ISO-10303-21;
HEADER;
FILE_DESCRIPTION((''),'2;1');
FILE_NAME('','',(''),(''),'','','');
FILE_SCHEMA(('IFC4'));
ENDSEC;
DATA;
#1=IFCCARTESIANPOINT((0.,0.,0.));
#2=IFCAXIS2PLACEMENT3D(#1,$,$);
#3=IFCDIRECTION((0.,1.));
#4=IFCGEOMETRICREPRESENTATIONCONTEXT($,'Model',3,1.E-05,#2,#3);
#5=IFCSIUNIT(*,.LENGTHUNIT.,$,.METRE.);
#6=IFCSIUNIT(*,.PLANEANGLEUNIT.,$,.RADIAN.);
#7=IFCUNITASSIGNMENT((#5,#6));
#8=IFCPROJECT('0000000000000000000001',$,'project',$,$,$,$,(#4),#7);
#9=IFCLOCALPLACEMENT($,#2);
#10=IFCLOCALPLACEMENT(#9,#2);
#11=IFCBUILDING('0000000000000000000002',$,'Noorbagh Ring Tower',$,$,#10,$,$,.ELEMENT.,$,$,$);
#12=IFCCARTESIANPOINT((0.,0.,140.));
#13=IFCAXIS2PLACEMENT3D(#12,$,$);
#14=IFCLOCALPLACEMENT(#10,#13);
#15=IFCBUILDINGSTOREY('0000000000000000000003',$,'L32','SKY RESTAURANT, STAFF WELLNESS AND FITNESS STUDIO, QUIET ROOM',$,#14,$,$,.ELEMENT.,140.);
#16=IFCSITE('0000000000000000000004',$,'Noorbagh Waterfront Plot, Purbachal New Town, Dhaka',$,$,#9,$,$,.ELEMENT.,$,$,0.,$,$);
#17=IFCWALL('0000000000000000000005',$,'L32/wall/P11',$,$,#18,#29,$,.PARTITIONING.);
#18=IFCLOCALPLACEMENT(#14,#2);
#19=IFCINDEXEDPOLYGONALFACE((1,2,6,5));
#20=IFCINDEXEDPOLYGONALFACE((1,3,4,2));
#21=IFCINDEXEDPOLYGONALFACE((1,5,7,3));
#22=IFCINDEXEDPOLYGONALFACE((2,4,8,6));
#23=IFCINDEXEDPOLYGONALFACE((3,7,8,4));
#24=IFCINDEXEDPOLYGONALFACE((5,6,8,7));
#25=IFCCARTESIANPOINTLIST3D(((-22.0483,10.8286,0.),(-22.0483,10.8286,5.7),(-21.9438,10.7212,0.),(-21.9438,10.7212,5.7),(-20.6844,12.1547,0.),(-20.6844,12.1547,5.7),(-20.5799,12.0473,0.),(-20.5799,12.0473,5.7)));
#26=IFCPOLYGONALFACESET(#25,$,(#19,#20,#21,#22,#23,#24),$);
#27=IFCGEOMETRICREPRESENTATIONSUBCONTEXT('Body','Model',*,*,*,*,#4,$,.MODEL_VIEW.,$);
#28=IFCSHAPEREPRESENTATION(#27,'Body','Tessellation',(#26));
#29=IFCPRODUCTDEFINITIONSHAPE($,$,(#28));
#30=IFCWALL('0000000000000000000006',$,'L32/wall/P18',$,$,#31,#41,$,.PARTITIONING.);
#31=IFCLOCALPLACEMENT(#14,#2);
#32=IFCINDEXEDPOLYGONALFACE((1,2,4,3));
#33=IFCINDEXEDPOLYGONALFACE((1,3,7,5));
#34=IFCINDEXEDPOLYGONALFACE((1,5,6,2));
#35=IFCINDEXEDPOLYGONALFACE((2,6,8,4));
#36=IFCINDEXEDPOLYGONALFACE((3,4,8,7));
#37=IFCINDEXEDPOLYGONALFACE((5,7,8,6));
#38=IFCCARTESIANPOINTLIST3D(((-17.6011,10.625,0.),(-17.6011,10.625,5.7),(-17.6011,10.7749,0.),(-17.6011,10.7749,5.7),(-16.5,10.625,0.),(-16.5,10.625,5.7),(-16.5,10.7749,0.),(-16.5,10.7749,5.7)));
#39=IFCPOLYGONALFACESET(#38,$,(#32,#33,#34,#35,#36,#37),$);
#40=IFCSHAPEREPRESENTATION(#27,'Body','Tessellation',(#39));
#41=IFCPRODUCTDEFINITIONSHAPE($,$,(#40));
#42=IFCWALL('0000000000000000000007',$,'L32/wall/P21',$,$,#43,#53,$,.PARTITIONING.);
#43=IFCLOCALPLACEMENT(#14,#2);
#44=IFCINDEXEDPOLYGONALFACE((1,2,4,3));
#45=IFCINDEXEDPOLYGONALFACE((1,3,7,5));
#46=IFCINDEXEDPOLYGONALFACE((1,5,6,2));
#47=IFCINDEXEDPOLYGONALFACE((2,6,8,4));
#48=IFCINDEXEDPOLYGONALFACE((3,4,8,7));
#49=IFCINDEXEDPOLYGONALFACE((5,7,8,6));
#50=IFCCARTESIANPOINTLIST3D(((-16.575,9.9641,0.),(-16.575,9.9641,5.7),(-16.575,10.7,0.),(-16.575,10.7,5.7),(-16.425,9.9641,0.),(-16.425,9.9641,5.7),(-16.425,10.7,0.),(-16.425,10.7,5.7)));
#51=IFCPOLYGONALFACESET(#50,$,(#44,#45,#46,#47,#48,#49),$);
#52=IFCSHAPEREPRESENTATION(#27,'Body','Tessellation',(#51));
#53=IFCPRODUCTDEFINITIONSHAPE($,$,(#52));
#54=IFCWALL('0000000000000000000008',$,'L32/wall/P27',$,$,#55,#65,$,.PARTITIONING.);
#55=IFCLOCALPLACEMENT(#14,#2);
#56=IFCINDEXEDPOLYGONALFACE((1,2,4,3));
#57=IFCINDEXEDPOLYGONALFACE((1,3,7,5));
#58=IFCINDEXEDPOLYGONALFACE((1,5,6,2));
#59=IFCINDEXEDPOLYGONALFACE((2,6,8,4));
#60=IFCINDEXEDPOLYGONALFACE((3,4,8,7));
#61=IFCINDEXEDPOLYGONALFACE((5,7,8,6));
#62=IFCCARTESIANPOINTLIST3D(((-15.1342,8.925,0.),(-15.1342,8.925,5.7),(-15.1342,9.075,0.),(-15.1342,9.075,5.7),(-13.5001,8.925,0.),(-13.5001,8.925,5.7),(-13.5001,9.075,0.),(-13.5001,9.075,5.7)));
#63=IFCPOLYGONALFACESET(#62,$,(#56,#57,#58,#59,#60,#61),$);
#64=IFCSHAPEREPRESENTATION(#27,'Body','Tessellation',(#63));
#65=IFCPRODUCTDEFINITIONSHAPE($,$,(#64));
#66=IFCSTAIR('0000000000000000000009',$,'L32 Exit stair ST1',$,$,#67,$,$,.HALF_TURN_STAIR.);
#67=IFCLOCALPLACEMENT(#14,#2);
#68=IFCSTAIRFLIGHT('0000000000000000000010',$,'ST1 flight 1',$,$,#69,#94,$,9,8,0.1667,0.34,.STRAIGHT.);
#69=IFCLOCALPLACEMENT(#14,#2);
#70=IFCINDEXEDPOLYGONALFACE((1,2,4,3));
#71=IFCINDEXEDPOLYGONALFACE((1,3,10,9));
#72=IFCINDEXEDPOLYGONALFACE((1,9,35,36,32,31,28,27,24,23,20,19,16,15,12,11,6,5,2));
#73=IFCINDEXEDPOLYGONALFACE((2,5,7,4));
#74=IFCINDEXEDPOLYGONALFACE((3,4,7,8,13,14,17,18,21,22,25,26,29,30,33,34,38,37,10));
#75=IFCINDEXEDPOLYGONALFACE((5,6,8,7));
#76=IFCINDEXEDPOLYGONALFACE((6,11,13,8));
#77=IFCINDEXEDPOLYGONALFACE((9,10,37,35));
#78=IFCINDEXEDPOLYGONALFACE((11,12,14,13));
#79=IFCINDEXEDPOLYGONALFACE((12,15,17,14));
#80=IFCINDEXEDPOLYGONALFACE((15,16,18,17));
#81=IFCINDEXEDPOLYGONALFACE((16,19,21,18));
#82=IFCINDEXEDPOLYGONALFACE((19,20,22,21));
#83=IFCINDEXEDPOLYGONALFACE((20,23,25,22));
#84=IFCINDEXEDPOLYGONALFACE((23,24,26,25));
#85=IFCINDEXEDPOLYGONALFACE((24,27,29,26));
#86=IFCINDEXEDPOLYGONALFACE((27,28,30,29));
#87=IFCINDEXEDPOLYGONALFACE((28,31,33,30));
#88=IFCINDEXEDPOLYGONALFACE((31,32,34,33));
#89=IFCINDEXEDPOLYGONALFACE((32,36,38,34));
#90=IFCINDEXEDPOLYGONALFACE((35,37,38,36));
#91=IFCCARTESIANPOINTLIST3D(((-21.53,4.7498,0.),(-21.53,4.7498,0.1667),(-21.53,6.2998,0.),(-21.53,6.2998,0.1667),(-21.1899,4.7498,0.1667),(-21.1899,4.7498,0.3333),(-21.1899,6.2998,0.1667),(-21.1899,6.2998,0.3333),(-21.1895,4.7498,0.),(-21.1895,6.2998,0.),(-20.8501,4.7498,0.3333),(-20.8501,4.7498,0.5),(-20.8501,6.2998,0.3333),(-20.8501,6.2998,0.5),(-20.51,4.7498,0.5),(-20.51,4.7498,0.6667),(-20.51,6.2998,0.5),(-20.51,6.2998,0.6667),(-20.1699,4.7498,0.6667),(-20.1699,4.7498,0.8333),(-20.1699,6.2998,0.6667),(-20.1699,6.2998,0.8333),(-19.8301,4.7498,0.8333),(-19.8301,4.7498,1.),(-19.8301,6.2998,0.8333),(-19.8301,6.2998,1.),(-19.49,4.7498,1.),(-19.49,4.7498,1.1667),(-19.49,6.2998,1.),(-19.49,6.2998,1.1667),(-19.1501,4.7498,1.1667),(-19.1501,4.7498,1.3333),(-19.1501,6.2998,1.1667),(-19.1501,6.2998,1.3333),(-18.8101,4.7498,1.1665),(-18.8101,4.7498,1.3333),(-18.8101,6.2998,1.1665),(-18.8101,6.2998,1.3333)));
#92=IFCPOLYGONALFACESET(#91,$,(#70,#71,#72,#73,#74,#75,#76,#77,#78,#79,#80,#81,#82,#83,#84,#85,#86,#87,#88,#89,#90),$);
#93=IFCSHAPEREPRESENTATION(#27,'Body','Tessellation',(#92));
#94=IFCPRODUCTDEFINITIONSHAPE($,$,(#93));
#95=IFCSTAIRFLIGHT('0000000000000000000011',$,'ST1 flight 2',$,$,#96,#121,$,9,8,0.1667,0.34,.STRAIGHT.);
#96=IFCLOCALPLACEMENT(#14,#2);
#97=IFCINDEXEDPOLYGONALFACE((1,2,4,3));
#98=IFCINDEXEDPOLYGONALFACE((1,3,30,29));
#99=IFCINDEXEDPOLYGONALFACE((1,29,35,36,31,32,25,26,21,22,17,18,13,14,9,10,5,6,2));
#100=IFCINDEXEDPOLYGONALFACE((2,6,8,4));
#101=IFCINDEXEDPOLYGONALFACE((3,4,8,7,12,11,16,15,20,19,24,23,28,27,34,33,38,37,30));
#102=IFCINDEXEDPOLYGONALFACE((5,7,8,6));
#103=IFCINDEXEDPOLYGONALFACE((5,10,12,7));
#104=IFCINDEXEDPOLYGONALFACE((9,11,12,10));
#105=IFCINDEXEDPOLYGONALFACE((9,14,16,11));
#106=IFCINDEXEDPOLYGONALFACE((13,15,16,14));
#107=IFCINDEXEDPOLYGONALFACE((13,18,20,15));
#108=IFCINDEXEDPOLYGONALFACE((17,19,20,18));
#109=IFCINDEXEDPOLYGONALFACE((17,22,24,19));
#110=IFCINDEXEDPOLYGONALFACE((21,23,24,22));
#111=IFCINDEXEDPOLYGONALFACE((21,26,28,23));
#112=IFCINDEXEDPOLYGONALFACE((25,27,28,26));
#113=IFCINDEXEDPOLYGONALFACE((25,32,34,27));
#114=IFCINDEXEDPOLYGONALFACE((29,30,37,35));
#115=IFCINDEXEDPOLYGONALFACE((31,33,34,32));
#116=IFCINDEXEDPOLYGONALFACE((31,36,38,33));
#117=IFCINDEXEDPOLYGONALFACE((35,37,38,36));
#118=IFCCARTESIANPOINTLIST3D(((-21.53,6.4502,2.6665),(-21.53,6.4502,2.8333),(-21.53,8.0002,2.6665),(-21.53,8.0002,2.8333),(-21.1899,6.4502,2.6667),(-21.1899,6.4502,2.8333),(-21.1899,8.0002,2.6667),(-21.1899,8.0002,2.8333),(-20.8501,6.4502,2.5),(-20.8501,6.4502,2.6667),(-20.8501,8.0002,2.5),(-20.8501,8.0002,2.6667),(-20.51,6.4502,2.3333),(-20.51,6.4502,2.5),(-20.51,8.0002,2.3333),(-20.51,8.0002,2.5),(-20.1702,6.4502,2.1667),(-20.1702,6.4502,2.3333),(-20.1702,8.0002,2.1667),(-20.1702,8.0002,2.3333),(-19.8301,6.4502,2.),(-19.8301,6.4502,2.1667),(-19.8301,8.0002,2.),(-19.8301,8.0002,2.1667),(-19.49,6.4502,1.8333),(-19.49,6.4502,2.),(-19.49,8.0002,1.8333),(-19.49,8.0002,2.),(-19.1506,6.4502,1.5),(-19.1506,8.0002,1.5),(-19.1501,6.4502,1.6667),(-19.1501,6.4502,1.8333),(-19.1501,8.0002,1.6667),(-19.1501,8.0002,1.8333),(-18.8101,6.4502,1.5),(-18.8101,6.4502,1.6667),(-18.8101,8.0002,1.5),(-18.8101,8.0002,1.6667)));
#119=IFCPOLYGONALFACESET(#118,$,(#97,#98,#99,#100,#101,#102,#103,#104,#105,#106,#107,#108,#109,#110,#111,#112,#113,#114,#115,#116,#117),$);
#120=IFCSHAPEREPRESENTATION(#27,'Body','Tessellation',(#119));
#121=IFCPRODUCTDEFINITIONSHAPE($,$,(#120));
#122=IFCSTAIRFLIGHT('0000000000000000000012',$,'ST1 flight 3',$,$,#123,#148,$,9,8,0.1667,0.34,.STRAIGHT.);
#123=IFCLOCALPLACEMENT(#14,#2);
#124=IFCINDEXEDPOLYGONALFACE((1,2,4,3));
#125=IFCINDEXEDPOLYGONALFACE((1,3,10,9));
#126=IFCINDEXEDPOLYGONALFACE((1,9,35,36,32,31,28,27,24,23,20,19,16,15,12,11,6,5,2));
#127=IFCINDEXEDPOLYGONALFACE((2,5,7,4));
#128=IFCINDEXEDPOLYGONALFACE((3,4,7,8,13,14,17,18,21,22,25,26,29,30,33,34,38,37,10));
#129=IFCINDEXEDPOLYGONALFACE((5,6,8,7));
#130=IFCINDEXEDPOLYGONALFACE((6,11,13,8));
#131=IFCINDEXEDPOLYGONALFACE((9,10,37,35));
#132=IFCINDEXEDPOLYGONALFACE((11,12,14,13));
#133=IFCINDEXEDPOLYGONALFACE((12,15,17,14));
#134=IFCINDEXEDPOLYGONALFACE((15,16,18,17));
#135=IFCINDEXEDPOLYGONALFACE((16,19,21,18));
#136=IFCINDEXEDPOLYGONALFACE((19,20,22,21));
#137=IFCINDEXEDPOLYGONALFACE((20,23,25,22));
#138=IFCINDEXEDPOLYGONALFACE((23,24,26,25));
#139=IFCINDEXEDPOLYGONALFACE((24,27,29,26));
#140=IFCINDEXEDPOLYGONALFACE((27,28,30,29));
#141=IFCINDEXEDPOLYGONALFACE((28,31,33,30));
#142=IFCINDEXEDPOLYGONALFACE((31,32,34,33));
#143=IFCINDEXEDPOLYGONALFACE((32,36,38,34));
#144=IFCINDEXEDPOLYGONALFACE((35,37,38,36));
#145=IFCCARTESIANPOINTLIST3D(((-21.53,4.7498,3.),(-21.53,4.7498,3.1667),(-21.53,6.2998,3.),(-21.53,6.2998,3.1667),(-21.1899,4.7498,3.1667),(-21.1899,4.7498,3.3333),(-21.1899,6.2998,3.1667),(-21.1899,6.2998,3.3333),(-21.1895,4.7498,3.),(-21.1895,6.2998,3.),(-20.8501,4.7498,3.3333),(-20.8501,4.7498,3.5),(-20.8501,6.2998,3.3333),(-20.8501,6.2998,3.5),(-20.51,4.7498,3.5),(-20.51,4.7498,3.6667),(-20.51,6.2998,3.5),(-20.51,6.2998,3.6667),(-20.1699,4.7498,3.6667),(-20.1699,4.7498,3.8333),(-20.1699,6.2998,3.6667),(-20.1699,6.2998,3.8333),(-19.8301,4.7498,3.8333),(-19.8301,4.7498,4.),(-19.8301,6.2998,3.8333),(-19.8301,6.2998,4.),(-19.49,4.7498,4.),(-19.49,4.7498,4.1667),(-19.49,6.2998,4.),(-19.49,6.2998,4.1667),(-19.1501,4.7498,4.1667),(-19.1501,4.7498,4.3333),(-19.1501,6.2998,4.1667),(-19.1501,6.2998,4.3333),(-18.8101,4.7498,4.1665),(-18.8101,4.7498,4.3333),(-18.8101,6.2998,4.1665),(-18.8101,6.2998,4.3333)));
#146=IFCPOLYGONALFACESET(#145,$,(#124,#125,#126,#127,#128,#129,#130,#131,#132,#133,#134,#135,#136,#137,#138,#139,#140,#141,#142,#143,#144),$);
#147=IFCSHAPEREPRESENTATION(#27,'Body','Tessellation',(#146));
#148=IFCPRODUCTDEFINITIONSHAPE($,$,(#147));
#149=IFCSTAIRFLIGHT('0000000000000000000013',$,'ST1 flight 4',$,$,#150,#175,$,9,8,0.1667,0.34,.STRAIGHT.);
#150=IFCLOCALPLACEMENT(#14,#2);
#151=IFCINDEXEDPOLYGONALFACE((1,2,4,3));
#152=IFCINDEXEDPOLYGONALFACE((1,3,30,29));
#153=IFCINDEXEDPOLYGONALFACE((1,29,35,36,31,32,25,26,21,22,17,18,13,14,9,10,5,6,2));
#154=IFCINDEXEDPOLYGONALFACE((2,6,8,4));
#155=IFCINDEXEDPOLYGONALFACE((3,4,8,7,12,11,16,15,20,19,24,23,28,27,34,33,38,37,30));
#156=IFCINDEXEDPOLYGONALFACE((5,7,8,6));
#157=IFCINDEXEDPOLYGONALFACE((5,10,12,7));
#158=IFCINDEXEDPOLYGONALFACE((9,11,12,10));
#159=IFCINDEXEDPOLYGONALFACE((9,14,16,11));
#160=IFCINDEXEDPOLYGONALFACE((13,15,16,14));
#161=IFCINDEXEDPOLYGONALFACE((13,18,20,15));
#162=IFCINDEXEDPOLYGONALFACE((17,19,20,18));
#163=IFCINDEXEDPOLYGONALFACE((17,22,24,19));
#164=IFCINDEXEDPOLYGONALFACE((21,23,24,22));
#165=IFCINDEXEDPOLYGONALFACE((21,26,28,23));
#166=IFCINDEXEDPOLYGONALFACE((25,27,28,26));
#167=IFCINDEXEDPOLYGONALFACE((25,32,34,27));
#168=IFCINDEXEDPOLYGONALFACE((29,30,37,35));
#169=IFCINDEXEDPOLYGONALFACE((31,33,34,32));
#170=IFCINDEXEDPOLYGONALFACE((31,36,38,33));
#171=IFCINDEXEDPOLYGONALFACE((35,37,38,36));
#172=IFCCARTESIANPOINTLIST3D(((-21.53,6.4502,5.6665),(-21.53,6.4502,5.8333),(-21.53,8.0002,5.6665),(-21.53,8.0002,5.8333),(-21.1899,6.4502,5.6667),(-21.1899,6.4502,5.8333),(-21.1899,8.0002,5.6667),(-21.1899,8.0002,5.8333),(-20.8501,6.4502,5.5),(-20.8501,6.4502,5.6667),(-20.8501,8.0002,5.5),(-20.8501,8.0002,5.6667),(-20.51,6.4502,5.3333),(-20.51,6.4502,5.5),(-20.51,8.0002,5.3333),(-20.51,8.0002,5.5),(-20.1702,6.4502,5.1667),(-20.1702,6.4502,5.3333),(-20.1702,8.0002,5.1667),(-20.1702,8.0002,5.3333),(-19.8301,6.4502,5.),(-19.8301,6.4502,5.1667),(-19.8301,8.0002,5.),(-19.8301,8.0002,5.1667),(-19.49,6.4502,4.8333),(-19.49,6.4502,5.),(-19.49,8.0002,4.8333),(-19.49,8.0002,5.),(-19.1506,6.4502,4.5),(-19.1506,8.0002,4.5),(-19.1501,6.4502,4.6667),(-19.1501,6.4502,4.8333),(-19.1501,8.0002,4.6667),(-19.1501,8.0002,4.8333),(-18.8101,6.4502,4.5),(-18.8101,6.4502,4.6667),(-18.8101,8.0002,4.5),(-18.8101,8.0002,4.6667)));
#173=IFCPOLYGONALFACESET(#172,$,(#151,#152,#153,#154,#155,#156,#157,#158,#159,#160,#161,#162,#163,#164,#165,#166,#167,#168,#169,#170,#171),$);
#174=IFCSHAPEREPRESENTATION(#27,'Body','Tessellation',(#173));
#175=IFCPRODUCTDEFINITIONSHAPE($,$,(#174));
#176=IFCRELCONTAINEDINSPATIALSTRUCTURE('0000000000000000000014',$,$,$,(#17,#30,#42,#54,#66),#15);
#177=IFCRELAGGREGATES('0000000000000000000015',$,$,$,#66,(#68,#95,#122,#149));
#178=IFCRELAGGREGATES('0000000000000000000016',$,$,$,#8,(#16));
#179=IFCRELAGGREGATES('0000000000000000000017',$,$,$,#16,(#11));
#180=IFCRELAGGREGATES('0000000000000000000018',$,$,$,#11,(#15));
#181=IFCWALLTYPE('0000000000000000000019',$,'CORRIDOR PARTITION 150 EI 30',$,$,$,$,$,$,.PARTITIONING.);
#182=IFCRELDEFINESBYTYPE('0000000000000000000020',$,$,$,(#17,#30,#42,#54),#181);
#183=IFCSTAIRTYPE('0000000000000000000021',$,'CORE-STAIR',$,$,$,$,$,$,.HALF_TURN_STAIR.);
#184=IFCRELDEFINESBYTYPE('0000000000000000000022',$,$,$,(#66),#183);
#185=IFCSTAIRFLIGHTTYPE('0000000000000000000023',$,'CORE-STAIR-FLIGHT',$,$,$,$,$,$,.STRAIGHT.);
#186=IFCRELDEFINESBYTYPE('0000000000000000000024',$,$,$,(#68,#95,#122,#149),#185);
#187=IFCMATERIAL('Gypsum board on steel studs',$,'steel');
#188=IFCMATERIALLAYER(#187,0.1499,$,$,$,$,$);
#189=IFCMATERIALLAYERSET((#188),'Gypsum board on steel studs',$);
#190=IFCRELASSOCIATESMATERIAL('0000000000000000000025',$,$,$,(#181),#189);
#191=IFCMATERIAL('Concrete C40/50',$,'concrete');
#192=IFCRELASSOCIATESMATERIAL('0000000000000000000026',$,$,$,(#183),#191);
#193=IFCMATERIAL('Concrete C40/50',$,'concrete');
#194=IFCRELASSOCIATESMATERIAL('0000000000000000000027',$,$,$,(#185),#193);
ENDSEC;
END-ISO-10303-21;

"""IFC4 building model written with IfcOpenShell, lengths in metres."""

from ifc_helpers import new_model, si_unit, direction, frame, frame_2d, origin, place, context, subcontext, project, spatial, polyline, rectangle, outline, extrude, material, layer, layer_set, type_object, element, aggregate, save


model = new_model("IFC4")

# Units and contexts
model_context = context("Model", 3, precision=1e-05, world=origin(), true_north=direction((0.0, 1.0)))
body_context = subcontext(model_context, "Body", "Model", "MODEL_VIEW")
ifc_project = project(units=[si_unit("LENGTHUNIT", "METRE"), si_unit("PLANEANGLEUNIT", "RADIAN")], contexts=[model_context])

# Site, building, storey
site_placement = place(None, origin())
site = spatial("IfcSite", under=ifc_project, at=site_placement, Name="Noorbagh Waterfront Plot, Purbachal New Town, Dhaka", CompositionType="ELEMENT", RefElevation=0.0)
building_placement = place(site_placement, origin())
building = spatial("IfcBuilding", under=site, at=building_placement, Name="Noorbagh Ring Tower", CompositionType="ELEMENT")
storey_placement = place(building_placement, frame((0.0, 0.0, 140.0)))
storey = spatial("IfcBuildingStorey", under=building, at=storey_placement, Name="L32", Description="SKY RESTAURANT, STAFF WELLNESS AND FITNESS STUDIO, QUIET ROOM", CompositionType="ELEMENT", Elevation=140.0)

# Walls
ifc_material_1 = material(Name="Gypsum board on steel studs", Category="steel")
ifc_layer_1 = layer(ifc_material_1, 0.1499)
ifc_layer_set_1 = layer_set([ifc_layer_1], Name="Gypsum board on steel studs")
wall_type_1 = type_object("IfcWallType", Name="CORRIDOR PARTITION 150 EI 30", PredefinedType="PARTITIONING", material=ifc_layer_set_1)
wall_1_placement = place(storey_placement, frame((-21.9961, 10.7749, 0.0), z_axis=(0.0, 0.0, 1.0), x_axis=(0.716982, 0.697091, 0.0)))
element("IfcWall", 1, at=wall_1_placement, inside=storey, type_object=wall_type_1, Name="L32/wall/P11", PredefinedType="PARTITIONING", context=body_context, shape_type="SweptSolid", body=[
    extrude(rectangle(XDim=1.9023, YDim=0.1499, at=frame_2d((0.9512, 0.0))), origin(), (0.0, 0.0, 1.0), 5.7),
])
wall_2_placement = place(storey_placement, frame((-17.6011, 10.7, 0.0), z_axis=(0.0, 0.0, 1.0), x_axis=(1.0, 0.0, 0.0)))
element("IfcWall", 2, at=wall_2_placement, inside=storey, type_object=wall_type_1, Name="L32/wall/P18", PredefinedType="PARTITIONING", context=body_context, shape_type="SweptSolid", body=[
    extrude(rectangle(XDim=1.1011, YDim=0.1499, at=frame_2d((0.5505, 0.0))), origin(), (0.0, 0.0, 1.0), 5.7),
])
wall_3_placement = place(storey_placement, frame((-16.5, 9.9641, 0.0), z_axis=(0.0, 0.0, 1.0), x_axis=(0.0, 1.0, 0.0)))
element("IfcWall", 3, at=wall_3_placement, inside=storey, type_object=wall_type_1, Name="L32/wall/P21", PredefinedType="PARTITIONING", context=body_context, shape_type="SweptSolid", body=[
    extrude(rectangle(XDim=0.7358, YDim=0.1499, at=frame_2d((0.3679, 0.0))), origin(), (0.0, 0.0, 1.0), 5.7),
])
wall_4_placement = place(storey_placement, frame((-15.134, 9.0, 0.0), z_axis=(0.0, 0.0, 1.0), x_axis=(1.0, 0.0, 0.0)))
element("IfcWall", 4, at=wall_4_placement, inside=storey, type_object=wall_type_1, Name="L32/wall/P27", PredefinedType="PARTITIONING", context=body_context, shape_type="SweptSolid", body=[
    extrude(rectangle(XDim=1.634, YDim=0.1499, at=frame_2d((0.8169, 0.0))), origin(), (0.0, 0.0, 1.0), 5.7),
])

# Stair, stair flights
ifc_material_2 = material(Name="Concrete C40/50", Category="concrete")
stair_type = type_object("IfcStairType", Name="CORE-STAIR", PredefinedType="HALF_TURN_STAIR", material=ifc_material_2)
stair_placement = place(storey_placement, origin())
stair = element("IfcStair", 5, at=stair_placement, inside=storey, type_object=stair_type, Name="L32 Exit stair ST1", PredefinedType="HALF_TURN_STAIR")
ifc_material_3 = material(Name="Concrete C40/50", Category="concrete")
stair_flight_type = type_object("IfcStairFlightType", Name="CORE-STAIR-FLIGHT", PredefinedType="STRAIGHT", material=ifc_material_3)
stair_flight_1_placement = place(storey_placement, frame((-21.53, 5.5249, 0.0), z_axis=(0.0, 0.0, 1.0), x_axis=(1.0, 0.0, 0.0)))
stair_flight_1 = element("IfcStairFlight", 6, at=stair_flight_1_placement, type_object=stair_flight_type, Name="ST1 flight 1", NumberOfRisers=9, NumberOfTreads=8, PredefinedType="STRAIGHT", RiserHeight=0.1667, TreadLength=0.34, context=body_context, shape_type="SweptSolid", body=[
    extrude(outline(polyline([(0.0, 0.0), (0.0, 0.1667), (0.3401, 0.1667), (0.3401, 0.3333), (0.6799, 0.3333), (0.6799, 0.5), (1.02, 0.5), (1.02, 0.6667), (1.3601, 0.6667), (1.3601, 0.8333), (1.7, 0.8333), (1.7, 1.0), (2.04, 1.0), (2.04, 1.1667), (2.3799, 1.1667), (2.3799, 1.3333), (2.72, 1.3333), (2.72, 1.5), (2.72, 1.1665), (0.3406, 0.0), (0.0, 0.0)])), frame((0.0, 0.7749, 0.0), z_axis=(0.0, -1.0, 0.0), x_axis=(1.0, 0.0, 0.0)), (0.0, 0.0, 1.0), 1.55),
])
stair_flight_2_placement = place(storey_placement, frame((-18.8101, 7.2251, 1.5), z_axis=(0.0, 0.0, 1.0), x_axis=(-1.0, 0.0, 0.0)))
stair_flight_2 = element("IfcStairFlight", 7, at=stair_flight_2_placement, type_object=stair_flight_type, Name="ST1 flight 2", NumberOfRisers=9, NumberOfTreads=8, PredefinedType="STRAIGHT", RiserHeight=0.1667, TreadLength=0.34, context=body_context, shape_type="SweptSolid", body=[
    extrude(outline(polyline([(0.0, 0.0), (0.0, 0.1667), (0.3401, 0.1667), (0.3401, 0.3333), (0.6799, 0.3333), (0.6799, 0.5), (1.02, 0.5), (1.02, 0.6667), (1.3601, 0.6667), (1.3601, 0.8333), (1.7, 0.8333), (1.7, 1.0), (2.04, 1.0), (2.04, 1.1667), (2.3799, 1.1667), (2.3799, 1.3333), (2.72, 1.3333), (2.72, 1.5), (2.72, 1.1665), (0.3406, 0.0), (0.0, 0.0)])), frame((0.0, 0.7749, 0.0), z_axis=(0.0, -1.0, 0.0), x_axis=(1.0, 0.0, 0.0)), (0.0, 0.0, 1.0), 1.55),
])
stair_flight_3_placement = place(storey_placement, frame((-21.53, 5.5249, 3.0), z_axis=(0.0, 0.0, 1.0), x_axis=(1.0, 0.0, 0.0)))
stair_flight_3 = element("IfcStairFlight", 8, at=stair_flight_3_placement, type_object=stair_flight_type, Name="ST1 flight 3", NumberOfRisers=9, NumberOfTreads=8, PredefinedType="STRAIGHT", RiserHeight=0.1667, TreadLength=0.34, context=body_context, shape_type="SweptSolid", body=[
    extrude(outline(polyline([(0.0, 0.0), (0.0, 0.1667), (0.3401, 0.1667), (0.3401, 0.3333), (0.6799, 0.3333), (0.6799, 0.5), (1.02, 0.5), (1.02, 0.6667), (1.3601, 0.6667), (1.3601, 0.8333), (1.7, 0.8333), (1.7, 1.0), (2.04, 1.0), (2.04, 1.1667), (2.3799, 1.1667), (2.3799, 1.3333), (2.72, 1.3333), (2.72, 1.5), (2.72, 1.1665), (0.3406, 0.0), (0.0, 0.0)])), frame((0.0, 0.7749, 0.0), z_axis=(0.0, -1.0, 0.0), x_axis=(1.0, 0.0, 0.0)), (0.0, 0.0, 1.0), 1.55),
])
stair_flight_4_placement = place(storey_placement, frame((-18.8101, 7.2251, 4.5), z_axis=(0.0, 0.0, 1.0), x_axis=(-1.0, 0.0, 0.0)))
stair_flight_4 = element("IfcStairFlight", 9, at=stair_flight_4_placement, type_object=stair_flight_type, Name="ST1 flight 4", NumberOfRisers=9, NumberOfTreads=8, PredefinedType="STRAIGHT", RiserHeight=0.1667, TreadLength=0.34, context=body_context, shape_type="SweptSolid", body=[
    extrude(outline(polyline([(0.0, 0.0), (0.0, 0.1667), (0.3401, 0.1667), (0.3401, 0.3333), (0.6799, 0.3333), (0.6799, 0.5), (1.02, 0.5), (1.02, 0.6667), (1.3601, 0.6667), (1.3601, 0.8333), (1.7, 0.8333), (1.7, 1.0), (2.04, 1.0), (2.04, 1.1667), (2.3799, 1.1667), (2.3799, 1.3333), (2.72, 1.3333), (2.72, 1.5), (2.72, 1.1665), (0.3406, 0.0), (0.0, 0.0)])), frame((0.0, 0.7749, 0.0), z_axis=(0.0, -1.0, 0.0), x_axis=(1.0, 0.0, 0.0)), (0.0, 0.0, 1.0), 1.55),
])
aggregate(stair, [stair_flight_1, stair_flight_2, stair_flight_3, stair_flight_4])

save(model, "model.ifc")
